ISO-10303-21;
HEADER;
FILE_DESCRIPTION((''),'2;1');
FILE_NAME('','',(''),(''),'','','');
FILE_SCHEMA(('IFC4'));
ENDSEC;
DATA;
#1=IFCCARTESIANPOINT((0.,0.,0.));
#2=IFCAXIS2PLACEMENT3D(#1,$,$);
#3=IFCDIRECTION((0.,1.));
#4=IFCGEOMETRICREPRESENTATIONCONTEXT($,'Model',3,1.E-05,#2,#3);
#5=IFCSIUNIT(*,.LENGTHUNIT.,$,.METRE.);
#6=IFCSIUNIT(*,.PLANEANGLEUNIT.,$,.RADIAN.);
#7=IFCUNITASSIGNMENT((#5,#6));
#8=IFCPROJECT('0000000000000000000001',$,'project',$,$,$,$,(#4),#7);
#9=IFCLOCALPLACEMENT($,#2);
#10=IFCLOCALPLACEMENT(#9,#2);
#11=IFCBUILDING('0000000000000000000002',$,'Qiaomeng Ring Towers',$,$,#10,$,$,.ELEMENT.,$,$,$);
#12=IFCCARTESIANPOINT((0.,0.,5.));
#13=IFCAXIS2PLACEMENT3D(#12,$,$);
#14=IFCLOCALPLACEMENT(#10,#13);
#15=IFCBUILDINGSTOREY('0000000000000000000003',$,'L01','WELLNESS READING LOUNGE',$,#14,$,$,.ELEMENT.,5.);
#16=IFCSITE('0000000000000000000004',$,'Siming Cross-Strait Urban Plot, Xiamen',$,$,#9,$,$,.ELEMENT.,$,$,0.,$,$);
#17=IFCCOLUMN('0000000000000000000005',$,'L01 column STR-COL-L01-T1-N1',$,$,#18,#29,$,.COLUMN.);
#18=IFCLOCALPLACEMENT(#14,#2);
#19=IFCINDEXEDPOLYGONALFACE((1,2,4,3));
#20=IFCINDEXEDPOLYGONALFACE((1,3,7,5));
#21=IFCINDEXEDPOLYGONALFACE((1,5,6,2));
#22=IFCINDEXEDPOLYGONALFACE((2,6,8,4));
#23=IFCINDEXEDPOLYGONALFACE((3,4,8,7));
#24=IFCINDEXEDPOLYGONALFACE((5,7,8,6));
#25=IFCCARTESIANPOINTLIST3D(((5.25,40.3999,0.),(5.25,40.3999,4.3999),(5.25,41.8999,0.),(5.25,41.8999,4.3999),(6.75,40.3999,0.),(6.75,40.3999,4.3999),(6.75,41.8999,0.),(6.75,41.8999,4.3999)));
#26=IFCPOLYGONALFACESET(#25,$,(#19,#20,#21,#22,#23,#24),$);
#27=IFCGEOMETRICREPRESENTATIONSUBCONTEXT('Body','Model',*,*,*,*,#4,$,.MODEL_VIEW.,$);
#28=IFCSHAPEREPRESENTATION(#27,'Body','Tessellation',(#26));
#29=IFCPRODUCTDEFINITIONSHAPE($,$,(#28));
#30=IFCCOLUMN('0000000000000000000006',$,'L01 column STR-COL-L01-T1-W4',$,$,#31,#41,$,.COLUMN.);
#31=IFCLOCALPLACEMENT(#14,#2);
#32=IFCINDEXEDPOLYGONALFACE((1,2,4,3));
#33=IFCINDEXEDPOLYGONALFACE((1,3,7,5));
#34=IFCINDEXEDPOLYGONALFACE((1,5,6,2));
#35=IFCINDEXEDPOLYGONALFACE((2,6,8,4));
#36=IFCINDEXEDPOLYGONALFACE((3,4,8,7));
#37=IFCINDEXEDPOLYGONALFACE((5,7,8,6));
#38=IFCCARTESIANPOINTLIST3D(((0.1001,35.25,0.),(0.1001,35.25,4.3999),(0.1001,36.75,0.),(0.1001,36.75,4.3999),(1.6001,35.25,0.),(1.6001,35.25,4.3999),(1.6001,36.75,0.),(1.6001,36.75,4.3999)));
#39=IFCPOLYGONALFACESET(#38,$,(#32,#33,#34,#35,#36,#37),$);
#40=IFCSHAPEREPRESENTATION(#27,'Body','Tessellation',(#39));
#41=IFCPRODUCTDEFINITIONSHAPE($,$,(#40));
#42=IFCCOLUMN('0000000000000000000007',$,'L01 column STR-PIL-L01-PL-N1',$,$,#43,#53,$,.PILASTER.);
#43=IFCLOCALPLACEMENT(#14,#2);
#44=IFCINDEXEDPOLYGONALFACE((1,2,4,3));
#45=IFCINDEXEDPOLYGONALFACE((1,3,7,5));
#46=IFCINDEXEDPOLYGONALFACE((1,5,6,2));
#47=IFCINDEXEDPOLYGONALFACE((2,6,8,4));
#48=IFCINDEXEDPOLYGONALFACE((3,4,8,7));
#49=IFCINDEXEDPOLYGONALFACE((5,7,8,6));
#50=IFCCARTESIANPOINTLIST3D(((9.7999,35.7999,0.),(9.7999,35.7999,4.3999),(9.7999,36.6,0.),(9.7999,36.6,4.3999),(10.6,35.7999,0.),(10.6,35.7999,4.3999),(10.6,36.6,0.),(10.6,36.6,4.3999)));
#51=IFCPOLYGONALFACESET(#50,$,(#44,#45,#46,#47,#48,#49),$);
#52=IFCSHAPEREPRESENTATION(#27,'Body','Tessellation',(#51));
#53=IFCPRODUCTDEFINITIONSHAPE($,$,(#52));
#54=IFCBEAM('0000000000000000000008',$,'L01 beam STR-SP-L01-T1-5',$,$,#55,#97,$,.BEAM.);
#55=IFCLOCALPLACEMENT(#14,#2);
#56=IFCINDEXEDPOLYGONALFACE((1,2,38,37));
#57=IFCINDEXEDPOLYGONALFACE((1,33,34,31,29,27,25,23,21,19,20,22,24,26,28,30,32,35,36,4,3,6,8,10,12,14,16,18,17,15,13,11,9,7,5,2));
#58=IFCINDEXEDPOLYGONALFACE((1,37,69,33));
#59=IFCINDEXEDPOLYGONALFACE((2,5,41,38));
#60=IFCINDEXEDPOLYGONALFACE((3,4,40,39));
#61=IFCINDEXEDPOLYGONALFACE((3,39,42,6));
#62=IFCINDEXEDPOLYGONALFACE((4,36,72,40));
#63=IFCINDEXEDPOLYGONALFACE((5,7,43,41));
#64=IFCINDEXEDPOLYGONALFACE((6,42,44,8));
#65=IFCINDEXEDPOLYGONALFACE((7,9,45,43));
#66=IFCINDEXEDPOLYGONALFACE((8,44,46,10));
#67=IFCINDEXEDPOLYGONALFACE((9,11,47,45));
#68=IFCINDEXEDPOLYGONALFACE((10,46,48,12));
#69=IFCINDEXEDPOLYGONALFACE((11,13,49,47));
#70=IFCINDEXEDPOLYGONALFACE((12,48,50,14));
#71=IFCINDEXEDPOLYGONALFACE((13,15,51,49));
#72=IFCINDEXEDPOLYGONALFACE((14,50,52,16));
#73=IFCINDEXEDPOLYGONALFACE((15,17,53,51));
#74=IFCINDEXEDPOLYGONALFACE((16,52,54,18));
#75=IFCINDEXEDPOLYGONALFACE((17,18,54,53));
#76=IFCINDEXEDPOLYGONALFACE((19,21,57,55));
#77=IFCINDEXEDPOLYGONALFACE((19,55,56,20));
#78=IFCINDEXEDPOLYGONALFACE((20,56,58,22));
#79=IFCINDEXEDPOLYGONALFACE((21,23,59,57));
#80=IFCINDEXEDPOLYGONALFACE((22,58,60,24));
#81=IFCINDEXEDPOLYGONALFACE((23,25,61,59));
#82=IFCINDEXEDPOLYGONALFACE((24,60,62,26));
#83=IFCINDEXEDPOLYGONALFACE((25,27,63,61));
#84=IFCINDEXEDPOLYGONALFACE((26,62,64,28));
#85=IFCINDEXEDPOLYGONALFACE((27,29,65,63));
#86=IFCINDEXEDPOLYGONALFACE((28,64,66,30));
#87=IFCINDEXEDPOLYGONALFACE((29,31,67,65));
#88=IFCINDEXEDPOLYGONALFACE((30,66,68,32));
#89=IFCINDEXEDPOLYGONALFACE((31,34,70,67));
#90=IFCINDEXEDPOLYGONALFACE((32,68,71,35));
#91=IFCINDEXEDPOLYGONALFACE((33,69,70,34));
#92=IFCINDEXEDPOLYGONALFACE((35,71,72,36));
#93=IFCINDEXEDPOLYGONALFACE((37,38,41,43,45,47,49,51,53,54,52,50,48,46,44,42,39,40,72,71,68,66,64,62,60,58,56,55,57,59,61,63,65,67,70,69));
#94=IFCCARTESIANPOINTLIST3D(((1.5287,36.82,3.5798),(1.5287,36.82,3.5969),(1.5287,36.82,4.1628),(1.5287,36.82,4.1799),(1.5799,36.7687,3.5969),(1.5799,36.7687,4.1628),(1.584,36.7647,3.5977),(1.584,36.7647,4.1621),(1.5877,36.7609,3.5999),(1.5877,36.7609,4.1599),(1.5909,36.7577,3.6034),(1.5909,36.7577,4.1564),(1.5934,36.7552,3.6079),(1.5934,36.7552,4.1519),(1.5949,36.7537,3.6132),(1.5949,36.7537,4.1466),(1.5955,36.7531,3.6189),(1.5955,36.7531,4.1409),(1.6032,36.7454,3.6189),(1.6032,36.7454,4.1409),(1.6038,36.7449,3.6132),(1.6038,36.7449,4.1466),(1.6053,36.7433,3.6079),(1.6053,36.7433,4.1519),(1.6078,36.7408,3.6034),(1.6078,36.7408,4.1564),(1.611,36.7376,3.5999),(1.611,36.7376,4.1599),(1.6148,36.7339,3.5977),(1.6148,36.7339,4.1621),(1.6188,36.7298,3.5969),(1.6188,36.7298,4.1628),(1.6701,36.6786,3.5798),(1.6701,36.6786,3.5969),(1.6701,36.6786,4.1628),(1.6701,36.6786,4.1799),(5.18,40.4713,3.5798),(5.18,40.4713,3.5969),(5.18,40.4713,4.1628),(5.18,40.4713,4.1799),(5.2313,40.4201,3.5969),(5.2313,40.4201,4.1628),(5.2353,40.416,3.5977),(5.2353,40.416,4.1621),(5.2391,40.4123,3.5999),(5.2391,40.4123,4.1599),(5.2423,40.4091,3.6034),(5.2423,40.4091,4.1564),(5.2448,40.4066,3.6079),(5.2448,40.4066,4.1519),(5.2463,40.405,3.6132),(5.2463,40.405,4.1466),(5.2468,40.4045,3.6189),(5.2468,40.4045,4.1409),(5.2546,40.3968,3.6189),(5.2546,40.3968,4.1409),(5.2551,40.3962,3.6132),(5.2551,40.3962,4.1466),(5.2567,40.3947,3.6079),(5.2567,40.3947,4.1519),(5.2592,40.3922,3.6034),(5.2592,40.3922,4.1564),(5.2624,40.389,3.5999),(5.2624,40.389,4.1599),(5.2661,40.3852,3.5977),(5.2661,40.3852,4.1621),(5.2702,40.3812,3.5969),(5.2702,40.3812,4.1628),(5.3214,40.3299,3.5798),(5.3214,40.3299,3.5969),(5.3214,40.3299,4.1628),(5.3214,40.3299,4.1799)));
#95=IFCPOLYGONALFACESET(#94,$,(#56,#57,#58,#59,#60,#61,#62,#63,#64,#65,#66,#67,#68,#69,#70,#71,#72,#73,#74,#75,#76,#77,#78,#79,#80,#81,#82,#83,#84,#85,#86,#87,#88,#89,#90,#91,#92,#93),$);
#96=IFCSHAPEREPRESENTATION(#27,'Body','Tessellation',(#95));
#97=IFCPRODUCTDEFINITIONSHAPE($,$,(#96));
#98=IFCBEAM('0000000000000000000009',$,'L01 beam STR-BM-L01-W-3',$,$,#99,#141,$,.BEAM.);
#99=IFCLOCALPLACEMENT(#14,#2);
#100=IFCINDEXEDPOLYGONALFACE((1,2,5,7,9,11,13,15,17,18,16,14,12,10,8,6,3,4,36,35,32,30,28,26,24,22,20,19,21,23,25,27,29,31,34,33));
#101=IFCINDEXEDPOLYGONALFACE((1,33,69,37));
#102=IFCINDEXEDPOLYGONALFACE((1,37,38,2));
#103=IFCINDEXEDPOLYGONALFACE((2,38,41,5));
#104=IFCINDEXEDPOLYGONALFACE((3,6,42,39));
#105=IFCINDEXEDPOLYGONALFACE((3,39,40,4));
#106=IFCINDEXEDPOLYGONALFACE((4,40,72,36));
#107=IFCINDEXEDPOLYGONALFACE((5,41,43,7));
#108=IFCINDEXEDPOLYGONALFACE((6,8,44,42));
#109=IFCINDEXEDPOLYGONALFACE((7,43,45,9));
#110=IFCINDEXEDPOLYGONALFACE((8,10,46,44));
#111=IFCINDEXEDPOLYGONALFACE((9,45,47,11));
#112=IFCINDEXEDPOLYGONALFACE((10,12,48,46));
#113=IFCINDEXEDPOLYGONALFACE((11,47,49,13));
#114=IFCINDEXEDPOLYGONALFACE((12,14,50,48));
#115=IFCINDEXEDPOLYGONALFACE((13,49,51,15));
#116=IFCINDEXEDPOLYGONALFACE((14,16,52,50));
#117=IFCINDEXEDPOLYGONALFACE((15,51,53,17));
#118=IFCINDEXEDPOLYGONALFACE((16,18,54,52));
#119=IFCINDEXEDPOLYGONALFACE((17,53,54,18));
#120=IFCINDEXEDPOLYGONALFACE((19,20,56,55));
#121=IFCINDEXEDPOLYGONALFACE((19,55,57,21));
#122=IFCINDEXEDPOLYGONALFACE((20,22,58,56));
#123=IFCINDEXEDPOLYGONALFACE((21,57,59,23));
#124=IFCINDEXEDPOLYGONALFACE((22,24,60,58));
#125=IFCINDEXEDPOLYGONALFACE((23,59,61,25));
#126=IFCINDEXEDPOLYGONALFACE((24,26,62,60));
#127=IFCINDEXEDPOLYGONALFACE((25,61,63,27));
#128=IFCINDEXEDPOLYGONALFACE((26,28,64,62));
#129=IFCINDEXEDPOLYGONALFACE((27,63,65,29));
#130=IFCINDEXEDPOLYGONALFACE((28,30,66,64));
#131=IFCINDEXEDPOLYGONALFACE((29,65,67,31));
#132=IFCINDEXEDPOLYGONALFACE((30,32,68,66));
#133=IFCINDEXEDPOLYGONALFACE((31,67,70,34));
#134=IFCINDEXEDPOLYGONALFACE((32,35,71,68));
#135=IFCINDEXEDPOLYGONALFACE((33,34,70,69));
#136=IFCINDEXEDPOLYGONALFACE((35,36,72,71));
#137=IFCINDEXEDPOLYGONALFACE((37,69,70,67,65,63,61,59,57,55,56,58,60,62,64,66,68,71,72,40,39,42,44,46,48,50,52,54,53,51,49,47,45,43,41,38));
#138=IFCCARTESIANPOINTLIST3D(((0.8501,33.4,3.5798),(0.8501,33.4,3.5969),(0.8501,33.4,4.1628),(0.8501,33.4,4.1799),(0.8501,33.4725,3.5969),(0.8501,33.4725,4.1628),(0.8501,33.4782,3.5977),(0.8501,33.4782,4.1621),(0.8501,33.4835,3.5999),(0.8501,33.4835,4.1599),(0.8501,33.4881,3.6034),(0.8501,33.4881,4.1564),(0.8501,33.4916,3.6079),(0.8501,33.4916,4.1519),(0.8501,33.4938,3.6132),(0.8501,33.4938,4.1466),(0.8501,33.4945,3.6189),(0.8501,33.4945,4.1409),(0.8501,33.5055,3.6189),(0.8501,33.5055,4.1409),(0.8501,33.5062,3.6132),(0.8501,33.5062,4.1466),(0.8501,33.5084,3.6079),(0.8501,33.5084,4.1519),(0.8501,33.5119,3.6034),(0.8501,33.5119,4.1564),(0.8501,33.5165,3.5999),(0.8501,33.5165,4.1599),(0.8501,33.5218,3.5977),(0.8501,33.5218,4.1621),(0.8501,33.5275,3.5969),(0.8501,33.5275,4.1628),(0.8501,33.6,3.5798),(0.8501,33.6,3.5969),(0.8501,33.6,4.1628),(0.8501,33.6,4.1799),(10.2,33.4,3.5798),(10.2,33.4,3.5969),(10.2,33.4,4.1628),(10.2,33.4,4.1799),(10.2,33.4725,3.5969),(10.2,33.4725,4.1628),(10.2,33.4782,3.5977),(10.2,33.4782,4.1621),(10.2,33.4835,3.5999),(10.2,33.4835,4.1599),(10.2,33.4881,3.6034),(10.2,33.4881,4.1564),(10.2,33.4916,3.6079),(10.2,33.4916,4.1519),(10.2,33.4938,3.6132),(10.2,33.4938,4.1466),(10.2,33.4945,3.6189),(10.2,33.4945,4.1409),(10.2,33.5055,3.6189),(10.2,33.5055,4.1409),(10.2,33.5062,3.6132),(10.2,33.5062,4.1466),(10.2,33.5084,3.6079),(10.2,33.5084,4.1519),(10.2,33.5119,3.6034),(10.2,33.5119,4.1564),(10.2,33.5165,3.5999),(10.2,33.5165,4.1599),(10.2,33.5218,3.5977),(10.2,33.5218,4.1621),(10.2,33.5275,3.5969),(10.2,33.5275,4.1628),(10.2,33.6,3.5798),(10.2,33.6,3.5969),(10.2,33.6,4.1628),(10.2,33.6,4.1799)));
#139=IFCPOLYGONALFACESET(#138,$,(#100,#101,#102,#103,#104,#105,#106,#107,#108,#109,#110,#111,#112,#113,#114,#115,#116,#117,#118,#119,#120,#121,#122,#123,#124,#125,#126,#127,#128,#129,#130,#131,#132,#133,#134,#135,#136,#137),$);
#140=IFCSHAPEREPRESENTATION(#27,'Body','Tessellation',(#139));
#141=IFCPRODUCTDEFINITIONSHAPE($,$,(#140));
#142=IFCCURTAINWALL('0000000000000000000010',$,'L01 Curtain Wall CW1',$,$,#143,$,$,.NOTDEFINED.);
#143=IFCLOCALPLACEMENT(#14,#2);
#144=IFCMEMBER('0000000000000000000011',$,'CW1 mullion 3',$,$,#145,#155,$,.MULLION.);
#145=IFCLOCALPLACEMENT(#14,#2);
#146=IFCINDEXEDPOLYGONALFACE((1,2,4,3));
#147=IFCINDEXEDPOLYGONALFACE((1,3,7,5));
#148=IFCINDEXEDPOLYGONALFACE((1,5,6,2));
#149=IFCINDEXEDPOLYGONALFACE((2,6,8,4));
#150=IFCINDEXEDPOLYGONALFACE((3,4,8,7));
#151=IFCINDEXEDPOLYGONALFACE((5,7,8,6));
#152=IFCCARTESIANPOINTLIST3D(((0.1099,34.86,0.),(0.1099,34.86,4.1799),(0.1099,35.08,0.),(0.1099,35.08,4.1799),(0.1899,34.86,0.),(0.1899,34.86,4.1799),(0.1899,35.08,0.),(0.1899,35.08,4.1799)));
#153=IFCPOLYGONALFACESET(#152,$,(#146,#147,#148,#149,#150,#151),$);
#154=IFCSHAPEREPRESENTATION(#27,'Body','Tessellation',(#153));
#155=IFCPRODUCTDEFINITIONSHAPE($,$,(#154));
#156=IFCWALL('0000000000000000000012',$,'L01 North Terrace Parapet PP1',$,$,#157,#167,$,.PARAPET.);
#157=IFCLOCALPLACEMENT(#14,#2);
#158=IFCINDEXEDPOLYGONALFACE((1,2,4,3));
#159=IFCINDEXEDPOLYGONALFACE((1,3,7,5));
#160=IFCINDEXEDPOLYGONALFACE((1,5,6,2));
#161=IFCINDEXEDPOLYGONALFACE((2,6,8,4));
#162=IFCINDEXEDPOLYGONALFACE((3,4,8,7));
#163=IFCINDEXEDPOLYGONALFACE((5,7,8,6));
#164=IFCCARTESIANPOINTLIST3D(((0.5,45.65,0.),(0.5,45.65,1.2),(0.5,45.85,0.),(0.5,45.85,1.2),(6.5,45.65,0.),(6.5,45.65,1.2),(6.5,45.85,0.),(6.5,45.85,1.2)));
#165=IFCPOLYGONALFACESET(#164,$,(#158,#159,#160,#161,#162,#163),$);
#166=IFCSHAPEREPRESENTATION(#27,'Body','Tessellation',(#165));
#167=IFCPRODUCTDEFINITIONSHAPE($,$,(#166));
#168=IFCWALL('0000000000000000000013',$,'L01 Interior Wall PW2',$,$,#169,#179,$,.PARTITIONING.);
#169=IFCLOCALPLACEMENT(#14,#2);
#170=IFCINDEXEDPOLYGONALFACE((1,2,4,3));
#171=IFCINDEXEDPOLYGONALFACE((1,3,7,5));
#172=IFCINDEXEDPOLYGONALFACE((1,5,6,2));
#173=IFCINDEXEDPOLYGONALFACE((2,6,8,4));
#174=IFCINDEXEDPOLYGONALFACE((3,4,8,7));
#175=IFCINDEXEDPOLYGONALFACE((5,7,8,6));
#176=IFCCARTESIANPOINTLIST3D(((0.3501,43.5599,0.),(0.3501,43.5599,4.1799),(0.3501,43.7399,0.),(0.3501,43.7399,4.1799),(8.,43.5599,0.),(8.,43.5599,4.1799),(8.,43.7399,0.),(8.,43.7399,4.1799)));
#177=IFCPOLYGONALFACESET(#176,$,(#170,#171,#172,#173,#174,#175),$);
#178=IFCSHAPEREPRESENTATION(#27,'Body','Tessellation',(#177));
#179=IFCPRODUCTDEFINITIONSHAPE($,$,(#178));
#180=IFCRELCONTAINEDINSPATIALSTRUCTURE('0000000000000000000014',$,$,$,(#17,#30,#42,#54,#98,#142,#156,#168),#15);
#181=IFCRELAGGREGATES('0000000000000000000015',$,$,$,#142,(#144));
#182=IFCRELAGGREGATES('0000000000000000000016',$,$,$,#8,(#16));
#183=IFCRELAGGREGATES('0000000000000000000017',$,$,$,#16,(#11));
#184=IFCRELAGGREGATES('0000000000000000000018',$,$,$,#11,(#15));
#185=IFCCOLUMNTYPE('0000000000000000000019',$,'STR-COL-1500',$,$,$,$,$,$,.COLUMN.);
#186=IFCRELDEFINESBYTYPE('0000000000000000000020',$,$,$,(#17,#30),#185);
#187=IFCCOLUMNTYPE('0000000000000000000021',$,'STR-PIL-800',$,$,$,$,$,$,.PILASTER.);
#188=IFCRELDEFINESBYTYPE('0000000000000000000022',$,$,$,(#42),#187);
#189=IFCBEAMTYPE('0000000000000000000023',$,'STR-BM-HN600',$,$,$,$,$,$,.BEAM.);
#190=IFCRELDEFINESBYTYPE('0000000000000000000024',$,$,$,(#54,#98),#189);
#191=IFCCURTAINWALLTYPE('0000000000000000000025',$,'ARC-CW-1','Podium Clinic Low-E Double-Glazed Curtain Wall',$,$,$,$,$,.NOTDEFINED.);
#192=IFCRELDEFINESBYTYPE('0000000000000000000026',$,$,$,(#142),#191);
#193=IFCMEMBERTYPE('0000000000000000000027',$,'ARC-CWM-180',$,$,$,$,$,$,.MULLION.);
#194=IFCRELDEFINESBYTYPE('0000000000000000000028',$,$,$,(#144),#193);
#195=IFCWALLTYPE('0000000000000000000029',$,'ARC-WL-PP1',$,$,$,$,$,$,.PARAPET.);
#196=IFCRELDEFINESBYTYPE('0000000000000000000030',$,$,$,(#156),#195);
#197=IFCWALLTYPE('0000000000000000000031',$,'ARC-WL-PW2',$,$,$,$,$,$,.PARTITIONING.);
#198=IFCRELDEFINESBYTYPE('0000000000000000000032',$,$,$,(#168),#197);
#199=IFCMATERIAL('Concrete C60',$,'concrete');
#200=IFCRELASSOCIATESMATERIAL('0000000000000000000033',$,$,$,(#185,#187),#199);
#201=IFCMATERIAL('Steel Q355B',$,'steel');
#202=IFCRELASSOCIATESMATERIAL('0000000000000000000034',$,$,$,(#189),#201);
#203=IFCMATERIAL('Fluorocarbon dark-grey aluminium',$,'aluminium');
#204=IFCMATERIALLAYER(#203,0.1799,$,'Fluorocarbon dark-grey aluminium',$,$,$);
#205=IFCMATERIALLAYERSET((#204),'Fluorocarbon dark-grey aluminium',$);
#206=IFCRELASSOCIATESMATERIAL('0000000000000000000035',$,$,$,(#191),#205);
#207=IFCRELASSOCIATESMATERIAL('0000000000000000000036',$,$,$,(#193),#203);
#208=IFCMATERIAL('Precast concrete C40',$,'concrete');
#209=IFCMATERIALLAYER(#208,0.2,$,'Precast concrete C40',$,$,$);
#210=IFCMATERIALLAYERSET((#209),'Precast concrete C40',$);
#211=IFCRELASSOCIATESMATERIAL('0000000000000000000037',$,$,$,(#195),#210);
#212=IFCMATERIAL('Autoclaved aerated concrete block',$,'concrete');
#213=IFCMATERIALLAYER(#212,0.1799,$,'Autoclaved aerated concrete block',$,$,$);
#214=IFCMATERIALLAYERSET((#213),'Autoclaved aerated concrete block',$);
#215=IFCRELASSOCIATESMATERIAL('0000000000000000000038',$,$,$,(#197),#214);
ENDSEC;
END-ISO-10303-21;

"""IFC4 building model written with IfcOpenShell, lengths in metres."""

from ifc_helpers import new_model, si_unit, direction, frame, frame_2d, origin, origin_2d, place, context, subcontext, project, spatial, rectangle, i_section, extrude, source, transform, mapped, material, layer, layer_set, material_profile, profile_set, type_object, element, aggregate, save


model = new_model("IFC4")

# Units and contexts
model_context = context("Model", 3, precision=1e-05, world=origin(), true_north=direction((0.0, 1.0)))
body_context = subcontext(model_context, "Body", "Model", "MODEL_VIEW")
ifc_project = project(units=[si_unit("LENGTHUNIT", "METRE"), si_unit("PLANEANGLEUNIT", "RADIAN")], contexts=[model_context])

# Site, building, storey
site_placement = place(None, origin())
site = spatial("IfcSite", under=ifc_project, at=site_placement, Name="Siming Cross-Strait Urban Plot, Xiamen", CompositionType="ELEMENT", RefElevation=0.0)
building_placement = place(site_placement, origin())
building = spatial("IfcBuilding", under=site, at=building_placement, Name="Qiaomeng Ring Towers", CompositionType="ELEMENT")
storey_placement = place(building_placement, frame((0.0, 0.0, 5.0)))
storey = spatial("IfcBuildingStorey", under=building, at=storey_placement, Name="L01", Description="WELLNESS READING LOUNGE", CompositionType="ELEMENT", Elevation=5.0)

# Columns
ifc_material_1 = material(Name="Concrete C60", Category="concrete")
ifc_material_profile_1 = material_profile(ifc_material_1, rectangle(XDim=1.5, YDim=1.5, at=origin_2d()), Name="RC COL 1500x1500")
ifc_profile_set_1 = profile_set([ifc_material_profile_1], Name="Concrete C60")
column_type_1 = type_object("IfcColumnType", Name="STR-COL-1500", PredefinedType="COLUMN", material=ifc_profile_set_1)
shared_shape_1 = source(origin(), body_context, "Body", "SweptSolid", [
    extrude(rectangle(XDim=1.5, YDim=1.5, at=origin_2d()), origin(), (0.0, 0.0, 1.0), 4.3999),
])
for number, where, z_axis, x_axis, name in (
    (1, (6.0, 41.1499, 0.0), (0.0, 0.0, 1.0), (1.0, 0.0, 0.0), "L01 column STR-COL-L01-T1-N1"),
    (2, (0.8501, 36.0, 0.0), (0.0, 0.0, 1.0), (1.0, 0.0, 0.0), "L01 column STR-COL-L01-T1-W4"),
):
    element("IfcColumn", number, at=place(storey_placement, frame(where, z_axis=z_axis, x_axis=x_axis)), inside=storey, type_object=column_type_1, Name=name, PredefinedType="COLUMN", context=body_context, shape_type="MappedRepresentation", body=[
        mapped(shared_shape_1, transform((0.0, 0.0, 0.0), x_axis=(1.0, 0.0, 0.0), y_axis=(0.0, 1.0, 0.0), z_axis=(0.0, 0.0, 1.0), scale=1.0)),
    ])
ifc_material_profile_2 = material_profile(ifc_material_1, rectangle(XDim=0.8, YDim=0.8, at=origin_2d()), Name="RC COL 800x800")
ifc_profile_set_2 = profile_set([ifc_material_profile_2], Name="Concrete C60")
column_type_2 = type_object("IfcColumnType", Name="STR-PIL-800", PredefinedType="PILASTER", material=ifc_profile_set_2)
shared_shape_2 = source(origin(), body_context, "Body", "SweptSolid", [
    extrude(rectangle(XDim=0.8, YDim=0.8, at=origin_2d()), origin(), (0.0, 0.0, 1.0), 4.3999),
])
column_placement = place(storey_placement, frame((10.2, 36.2, 0.0), z_axis=(0.0, 0.0, 1.0), x_axis=(1.0, 0.0, 0.0)))
element("IfcColumn", 3, at=column_placement, inside=storey, type_object=column_type_2, Name="L01 column STR-PIL-L01-PL-N1", PredefinedType="PILASTER", context=body_context, shape_type="MappedRepresentation", body=[
    mapped(shared_shape_2, transform((0.0, 0.0, 0.0), x_axis=(1.0, 0.0, 0.0), y_axis=(0.0, 1.0, 0.0), z_axis=(0.0, 0.0, 1.0), scale=1.0)),
])

# Beams
ifc_material_2 = material(Name="Steel Q355B", Category="steel")
ifc_material_profile_3 = material_profile(ifc_material_2, i_section(OverallWidth=0.2, OverallDepth=0.6001, WebThickness=0.011, FlangeThickness=0.0171, FilletRadius=0.022, at=origin_2d()), Name="HN 600x200x11x17")
ifc_profile_set_3 = profile_set([ifc_material_profile_3], Name="Steel Q355B")
beam_type = type_object("IfcBeamType", Name="STR-BM-HN600", PredefinedType="BEAM", material=ifc_profile_set_3)
shared_shape_3 = source(origin(), body_context, "Body", "SweptSolid", [
    extrude(i_section(OverallWidth=0.2, OverallDepth=0.6001, WebThickness=0.011, FlangeThickness=0.0171, FilletRadius=0.022, at=origin_2d()), origin(), (0.0, 0.0, 1.0), 5.1638),
])
beam_1_placement = place(storey_placement, frame((5.2507, 40.4006, 3.8799), z_axis=(-0.707107, -0.707107, 0.0), x_axis=(0.707107, -0.707107, 0.0)))
element("IfcBeam", 4, at=beam_1_placement, inside=storey, type_object=beam_type, Name="L01 beam STR-SP-L01-T1-5", PredefinedType="BEAM", context=body_context, shape_type="MappedRepresentation", body=[
    mapped(shared_shape_3, transform((0.0, 0.0, 0.0), x_axis=(1.0, 0.0, 0.0), y_axis=(0.0, 1.0, 0.0), z_axis=(0.0, 0.0, 1.0), scale=1.0)),
])
shared_shape_4 = source(origin(), body_context, "Body", "SweptSolid", [
    extrude(i_section(OverallWidth=0.2, OverallDepth=0.6001, WebThickness=0.011, FlangeThickness=0.0171, FilletRadius=0.022, at=origin_2d()), origin(), (0.0, 0.0, 1.0), 9.3499),
])
beam_2_placement = place(storey_placement, frame((0.8501, 33.5, 3.8799), z_axis=(1.0, 0.0, 0.0), x_axis=(0.0, 1.0, 0.0)))
element("IfcBeam", 5, at=beam_2_placement, inside=storey, type_object=beam_type, Name="L01 beam STR-BM-L01-W-3", PredefinedType="BEAM", context=body_context, shape_type="MappedRepresentation", body=[
    mapped(shared_shape_4, transform((0.0, 0.0, 0.0), x_axis=(1.0, 0.0, 0.0), y_axis=(0.0, 1.0, 0.0), z_axis=(0.0, 0.0, 1.0), scale=1.0)),
])

# Curtain wall, member
ifc_material_3 = material(Name="Fluorocarbon dark-grey aluminium", Category="aluminium")
ifc_layer_1 = layer(ifc_material_3, 0.1799, Name="Fluorocarbon dark-grey aluminium")
ifc_layer_set_1 = layer_set([ifc_layer_1], Name="Fluorocarbon dark-grey aluminium")
curtain_wall_type = type_object("IfcCurtainWallType", Name="ARC-CW-1", Description="Podium Clinic Low-E Double-Glazed Curtain Wall", PredefinedType="NOTDEFINED", material=ifc_layer_set_1)
curtain_wall_placement = place(storey_placement, origin())
curtain_wall = element("IfcCurtainWall", 6, at=curtain_wall_placement, inside=storey, type_object=curtain_wall_type, Name="L01 Curtain Wall CW1", PredefinedType="NOTDEFINED")
ifc_material_profile_4 = material_profile(ifc_material_3, rectangle(XDim=0.0801, YDim=0.22, at=origin_2d()), Name="ALU MULL 80x220")
ifc_profile_set_4 = profile_set([ifc_material_profile_4], Name="Fluorocarbon dark-grey aluminium")
member_type = type_object("IfcMemberType", Name="ARC-CWM-180", PredefinedType="MULLION", material=ifc_profile_set_4)
shared_shape_5 = source(origin(), body_context, "Body", "SweptSolid", [
    extrude(rectangle(XDim=0.0801, YDim=0.22, at=origin_2d()), origin(), (0.0, 0.0, 1.0), 4.1799),
])
member_placement = place(storey_placement, frame((0.1499, 34.97, 0.0), z_axis=(0.0, 0.0, 1.0), x_axis=(-1.0, 0.0, 0.0)))
member = element("IfcMember", 7, at=member_placement, type_object=member_type, Name="CW1 mullion 3", PredefinedType="MULLION", context=body_context, shape_type="MappedRepresentation", body=[
    mapped(shared_shape_5, transform((0.0, 0.0, 0.0), x_axis=(1.0, 0.0, 0.0), y_axis=(0.0, 1.0, 0.0), z_axis=(0.0, 0.0, 1.0), scale=1.0)),
])
aggregate(curtain_wall, [member])

# Shared definitions
ifc_material_4 = material(Name="Precast concrete C40", Category="concrete")

# Walls
ifc_layer_2 = layer(ifc_material_4, 0.2, Name="Precast concrete C40")
ifc_layer_set_2 = layer_set([ifc_layer_2], Name="Precast concrete C40")
wall_type_1 = type_object("IfcWallType", Name="ARC-WL-PP1", PredefinedType="PARAPET", material=ifc_layer_set_2)
wall_1_placement = place(storey_placement, frame((0.5, 45.75, 0.0), z_axis=(0.0, 0.0, 1.0), x_axis=(1.0, 0.0, 0.0)))
element("IfcWall", 8, at=wall_1_placement, inside=storey, type_object=wall_type_1, Name="L01 North Terrace Parapet PP1", PredefinedType="PARAPET", context=body_context, shape_type="SweptSolid", body=[
    extrude(rectangle(XDim=6.0, YDim=0.2, at=frame_2d((3.0, 0.0))), origin(), (0.0, 0.0, 1.0), 1.2),
])
ifc_material_5 = material(Name="Autoclaved aerated concrete block", Category="concrete")
ifc_layer_3 = layer(ifc_material_5, 0.1799, Name="Autoclaved aerated concrete block")
ifc_layer_set_3 = layer_set([ifc_layer_3], Name="Autoclaved aerated concrete block")
wall_type_2 = type_object("IfcWallType", Name="ARC-WL-PW2", PredefinedType="PARTITIONING", material=ifc_layer_set_3)
wall_2_placement = place(storey_placement, frame((0.3501, 43.6499, 0.0), z_axis=(0.0, 0.0, 1.0), x_axis=(1.0, 0.0, 0.0)))
element("IfcWall", 9, at=wall_2_placement, inside=storey, type_object=wall_type_2, Name="L01 Interior Wall PW2", PredefinedType="PARTITIONING", context=body_context, shape_type="SweptSolid", body=[
    extrude(rectangle(XDim=7.6499, YDim=0.1799, at=frame_2d((3.825, 0.0))), origin(), (0.0, 0.0, 1.0), 4.1799),
])

save(model, "model.ifc")
